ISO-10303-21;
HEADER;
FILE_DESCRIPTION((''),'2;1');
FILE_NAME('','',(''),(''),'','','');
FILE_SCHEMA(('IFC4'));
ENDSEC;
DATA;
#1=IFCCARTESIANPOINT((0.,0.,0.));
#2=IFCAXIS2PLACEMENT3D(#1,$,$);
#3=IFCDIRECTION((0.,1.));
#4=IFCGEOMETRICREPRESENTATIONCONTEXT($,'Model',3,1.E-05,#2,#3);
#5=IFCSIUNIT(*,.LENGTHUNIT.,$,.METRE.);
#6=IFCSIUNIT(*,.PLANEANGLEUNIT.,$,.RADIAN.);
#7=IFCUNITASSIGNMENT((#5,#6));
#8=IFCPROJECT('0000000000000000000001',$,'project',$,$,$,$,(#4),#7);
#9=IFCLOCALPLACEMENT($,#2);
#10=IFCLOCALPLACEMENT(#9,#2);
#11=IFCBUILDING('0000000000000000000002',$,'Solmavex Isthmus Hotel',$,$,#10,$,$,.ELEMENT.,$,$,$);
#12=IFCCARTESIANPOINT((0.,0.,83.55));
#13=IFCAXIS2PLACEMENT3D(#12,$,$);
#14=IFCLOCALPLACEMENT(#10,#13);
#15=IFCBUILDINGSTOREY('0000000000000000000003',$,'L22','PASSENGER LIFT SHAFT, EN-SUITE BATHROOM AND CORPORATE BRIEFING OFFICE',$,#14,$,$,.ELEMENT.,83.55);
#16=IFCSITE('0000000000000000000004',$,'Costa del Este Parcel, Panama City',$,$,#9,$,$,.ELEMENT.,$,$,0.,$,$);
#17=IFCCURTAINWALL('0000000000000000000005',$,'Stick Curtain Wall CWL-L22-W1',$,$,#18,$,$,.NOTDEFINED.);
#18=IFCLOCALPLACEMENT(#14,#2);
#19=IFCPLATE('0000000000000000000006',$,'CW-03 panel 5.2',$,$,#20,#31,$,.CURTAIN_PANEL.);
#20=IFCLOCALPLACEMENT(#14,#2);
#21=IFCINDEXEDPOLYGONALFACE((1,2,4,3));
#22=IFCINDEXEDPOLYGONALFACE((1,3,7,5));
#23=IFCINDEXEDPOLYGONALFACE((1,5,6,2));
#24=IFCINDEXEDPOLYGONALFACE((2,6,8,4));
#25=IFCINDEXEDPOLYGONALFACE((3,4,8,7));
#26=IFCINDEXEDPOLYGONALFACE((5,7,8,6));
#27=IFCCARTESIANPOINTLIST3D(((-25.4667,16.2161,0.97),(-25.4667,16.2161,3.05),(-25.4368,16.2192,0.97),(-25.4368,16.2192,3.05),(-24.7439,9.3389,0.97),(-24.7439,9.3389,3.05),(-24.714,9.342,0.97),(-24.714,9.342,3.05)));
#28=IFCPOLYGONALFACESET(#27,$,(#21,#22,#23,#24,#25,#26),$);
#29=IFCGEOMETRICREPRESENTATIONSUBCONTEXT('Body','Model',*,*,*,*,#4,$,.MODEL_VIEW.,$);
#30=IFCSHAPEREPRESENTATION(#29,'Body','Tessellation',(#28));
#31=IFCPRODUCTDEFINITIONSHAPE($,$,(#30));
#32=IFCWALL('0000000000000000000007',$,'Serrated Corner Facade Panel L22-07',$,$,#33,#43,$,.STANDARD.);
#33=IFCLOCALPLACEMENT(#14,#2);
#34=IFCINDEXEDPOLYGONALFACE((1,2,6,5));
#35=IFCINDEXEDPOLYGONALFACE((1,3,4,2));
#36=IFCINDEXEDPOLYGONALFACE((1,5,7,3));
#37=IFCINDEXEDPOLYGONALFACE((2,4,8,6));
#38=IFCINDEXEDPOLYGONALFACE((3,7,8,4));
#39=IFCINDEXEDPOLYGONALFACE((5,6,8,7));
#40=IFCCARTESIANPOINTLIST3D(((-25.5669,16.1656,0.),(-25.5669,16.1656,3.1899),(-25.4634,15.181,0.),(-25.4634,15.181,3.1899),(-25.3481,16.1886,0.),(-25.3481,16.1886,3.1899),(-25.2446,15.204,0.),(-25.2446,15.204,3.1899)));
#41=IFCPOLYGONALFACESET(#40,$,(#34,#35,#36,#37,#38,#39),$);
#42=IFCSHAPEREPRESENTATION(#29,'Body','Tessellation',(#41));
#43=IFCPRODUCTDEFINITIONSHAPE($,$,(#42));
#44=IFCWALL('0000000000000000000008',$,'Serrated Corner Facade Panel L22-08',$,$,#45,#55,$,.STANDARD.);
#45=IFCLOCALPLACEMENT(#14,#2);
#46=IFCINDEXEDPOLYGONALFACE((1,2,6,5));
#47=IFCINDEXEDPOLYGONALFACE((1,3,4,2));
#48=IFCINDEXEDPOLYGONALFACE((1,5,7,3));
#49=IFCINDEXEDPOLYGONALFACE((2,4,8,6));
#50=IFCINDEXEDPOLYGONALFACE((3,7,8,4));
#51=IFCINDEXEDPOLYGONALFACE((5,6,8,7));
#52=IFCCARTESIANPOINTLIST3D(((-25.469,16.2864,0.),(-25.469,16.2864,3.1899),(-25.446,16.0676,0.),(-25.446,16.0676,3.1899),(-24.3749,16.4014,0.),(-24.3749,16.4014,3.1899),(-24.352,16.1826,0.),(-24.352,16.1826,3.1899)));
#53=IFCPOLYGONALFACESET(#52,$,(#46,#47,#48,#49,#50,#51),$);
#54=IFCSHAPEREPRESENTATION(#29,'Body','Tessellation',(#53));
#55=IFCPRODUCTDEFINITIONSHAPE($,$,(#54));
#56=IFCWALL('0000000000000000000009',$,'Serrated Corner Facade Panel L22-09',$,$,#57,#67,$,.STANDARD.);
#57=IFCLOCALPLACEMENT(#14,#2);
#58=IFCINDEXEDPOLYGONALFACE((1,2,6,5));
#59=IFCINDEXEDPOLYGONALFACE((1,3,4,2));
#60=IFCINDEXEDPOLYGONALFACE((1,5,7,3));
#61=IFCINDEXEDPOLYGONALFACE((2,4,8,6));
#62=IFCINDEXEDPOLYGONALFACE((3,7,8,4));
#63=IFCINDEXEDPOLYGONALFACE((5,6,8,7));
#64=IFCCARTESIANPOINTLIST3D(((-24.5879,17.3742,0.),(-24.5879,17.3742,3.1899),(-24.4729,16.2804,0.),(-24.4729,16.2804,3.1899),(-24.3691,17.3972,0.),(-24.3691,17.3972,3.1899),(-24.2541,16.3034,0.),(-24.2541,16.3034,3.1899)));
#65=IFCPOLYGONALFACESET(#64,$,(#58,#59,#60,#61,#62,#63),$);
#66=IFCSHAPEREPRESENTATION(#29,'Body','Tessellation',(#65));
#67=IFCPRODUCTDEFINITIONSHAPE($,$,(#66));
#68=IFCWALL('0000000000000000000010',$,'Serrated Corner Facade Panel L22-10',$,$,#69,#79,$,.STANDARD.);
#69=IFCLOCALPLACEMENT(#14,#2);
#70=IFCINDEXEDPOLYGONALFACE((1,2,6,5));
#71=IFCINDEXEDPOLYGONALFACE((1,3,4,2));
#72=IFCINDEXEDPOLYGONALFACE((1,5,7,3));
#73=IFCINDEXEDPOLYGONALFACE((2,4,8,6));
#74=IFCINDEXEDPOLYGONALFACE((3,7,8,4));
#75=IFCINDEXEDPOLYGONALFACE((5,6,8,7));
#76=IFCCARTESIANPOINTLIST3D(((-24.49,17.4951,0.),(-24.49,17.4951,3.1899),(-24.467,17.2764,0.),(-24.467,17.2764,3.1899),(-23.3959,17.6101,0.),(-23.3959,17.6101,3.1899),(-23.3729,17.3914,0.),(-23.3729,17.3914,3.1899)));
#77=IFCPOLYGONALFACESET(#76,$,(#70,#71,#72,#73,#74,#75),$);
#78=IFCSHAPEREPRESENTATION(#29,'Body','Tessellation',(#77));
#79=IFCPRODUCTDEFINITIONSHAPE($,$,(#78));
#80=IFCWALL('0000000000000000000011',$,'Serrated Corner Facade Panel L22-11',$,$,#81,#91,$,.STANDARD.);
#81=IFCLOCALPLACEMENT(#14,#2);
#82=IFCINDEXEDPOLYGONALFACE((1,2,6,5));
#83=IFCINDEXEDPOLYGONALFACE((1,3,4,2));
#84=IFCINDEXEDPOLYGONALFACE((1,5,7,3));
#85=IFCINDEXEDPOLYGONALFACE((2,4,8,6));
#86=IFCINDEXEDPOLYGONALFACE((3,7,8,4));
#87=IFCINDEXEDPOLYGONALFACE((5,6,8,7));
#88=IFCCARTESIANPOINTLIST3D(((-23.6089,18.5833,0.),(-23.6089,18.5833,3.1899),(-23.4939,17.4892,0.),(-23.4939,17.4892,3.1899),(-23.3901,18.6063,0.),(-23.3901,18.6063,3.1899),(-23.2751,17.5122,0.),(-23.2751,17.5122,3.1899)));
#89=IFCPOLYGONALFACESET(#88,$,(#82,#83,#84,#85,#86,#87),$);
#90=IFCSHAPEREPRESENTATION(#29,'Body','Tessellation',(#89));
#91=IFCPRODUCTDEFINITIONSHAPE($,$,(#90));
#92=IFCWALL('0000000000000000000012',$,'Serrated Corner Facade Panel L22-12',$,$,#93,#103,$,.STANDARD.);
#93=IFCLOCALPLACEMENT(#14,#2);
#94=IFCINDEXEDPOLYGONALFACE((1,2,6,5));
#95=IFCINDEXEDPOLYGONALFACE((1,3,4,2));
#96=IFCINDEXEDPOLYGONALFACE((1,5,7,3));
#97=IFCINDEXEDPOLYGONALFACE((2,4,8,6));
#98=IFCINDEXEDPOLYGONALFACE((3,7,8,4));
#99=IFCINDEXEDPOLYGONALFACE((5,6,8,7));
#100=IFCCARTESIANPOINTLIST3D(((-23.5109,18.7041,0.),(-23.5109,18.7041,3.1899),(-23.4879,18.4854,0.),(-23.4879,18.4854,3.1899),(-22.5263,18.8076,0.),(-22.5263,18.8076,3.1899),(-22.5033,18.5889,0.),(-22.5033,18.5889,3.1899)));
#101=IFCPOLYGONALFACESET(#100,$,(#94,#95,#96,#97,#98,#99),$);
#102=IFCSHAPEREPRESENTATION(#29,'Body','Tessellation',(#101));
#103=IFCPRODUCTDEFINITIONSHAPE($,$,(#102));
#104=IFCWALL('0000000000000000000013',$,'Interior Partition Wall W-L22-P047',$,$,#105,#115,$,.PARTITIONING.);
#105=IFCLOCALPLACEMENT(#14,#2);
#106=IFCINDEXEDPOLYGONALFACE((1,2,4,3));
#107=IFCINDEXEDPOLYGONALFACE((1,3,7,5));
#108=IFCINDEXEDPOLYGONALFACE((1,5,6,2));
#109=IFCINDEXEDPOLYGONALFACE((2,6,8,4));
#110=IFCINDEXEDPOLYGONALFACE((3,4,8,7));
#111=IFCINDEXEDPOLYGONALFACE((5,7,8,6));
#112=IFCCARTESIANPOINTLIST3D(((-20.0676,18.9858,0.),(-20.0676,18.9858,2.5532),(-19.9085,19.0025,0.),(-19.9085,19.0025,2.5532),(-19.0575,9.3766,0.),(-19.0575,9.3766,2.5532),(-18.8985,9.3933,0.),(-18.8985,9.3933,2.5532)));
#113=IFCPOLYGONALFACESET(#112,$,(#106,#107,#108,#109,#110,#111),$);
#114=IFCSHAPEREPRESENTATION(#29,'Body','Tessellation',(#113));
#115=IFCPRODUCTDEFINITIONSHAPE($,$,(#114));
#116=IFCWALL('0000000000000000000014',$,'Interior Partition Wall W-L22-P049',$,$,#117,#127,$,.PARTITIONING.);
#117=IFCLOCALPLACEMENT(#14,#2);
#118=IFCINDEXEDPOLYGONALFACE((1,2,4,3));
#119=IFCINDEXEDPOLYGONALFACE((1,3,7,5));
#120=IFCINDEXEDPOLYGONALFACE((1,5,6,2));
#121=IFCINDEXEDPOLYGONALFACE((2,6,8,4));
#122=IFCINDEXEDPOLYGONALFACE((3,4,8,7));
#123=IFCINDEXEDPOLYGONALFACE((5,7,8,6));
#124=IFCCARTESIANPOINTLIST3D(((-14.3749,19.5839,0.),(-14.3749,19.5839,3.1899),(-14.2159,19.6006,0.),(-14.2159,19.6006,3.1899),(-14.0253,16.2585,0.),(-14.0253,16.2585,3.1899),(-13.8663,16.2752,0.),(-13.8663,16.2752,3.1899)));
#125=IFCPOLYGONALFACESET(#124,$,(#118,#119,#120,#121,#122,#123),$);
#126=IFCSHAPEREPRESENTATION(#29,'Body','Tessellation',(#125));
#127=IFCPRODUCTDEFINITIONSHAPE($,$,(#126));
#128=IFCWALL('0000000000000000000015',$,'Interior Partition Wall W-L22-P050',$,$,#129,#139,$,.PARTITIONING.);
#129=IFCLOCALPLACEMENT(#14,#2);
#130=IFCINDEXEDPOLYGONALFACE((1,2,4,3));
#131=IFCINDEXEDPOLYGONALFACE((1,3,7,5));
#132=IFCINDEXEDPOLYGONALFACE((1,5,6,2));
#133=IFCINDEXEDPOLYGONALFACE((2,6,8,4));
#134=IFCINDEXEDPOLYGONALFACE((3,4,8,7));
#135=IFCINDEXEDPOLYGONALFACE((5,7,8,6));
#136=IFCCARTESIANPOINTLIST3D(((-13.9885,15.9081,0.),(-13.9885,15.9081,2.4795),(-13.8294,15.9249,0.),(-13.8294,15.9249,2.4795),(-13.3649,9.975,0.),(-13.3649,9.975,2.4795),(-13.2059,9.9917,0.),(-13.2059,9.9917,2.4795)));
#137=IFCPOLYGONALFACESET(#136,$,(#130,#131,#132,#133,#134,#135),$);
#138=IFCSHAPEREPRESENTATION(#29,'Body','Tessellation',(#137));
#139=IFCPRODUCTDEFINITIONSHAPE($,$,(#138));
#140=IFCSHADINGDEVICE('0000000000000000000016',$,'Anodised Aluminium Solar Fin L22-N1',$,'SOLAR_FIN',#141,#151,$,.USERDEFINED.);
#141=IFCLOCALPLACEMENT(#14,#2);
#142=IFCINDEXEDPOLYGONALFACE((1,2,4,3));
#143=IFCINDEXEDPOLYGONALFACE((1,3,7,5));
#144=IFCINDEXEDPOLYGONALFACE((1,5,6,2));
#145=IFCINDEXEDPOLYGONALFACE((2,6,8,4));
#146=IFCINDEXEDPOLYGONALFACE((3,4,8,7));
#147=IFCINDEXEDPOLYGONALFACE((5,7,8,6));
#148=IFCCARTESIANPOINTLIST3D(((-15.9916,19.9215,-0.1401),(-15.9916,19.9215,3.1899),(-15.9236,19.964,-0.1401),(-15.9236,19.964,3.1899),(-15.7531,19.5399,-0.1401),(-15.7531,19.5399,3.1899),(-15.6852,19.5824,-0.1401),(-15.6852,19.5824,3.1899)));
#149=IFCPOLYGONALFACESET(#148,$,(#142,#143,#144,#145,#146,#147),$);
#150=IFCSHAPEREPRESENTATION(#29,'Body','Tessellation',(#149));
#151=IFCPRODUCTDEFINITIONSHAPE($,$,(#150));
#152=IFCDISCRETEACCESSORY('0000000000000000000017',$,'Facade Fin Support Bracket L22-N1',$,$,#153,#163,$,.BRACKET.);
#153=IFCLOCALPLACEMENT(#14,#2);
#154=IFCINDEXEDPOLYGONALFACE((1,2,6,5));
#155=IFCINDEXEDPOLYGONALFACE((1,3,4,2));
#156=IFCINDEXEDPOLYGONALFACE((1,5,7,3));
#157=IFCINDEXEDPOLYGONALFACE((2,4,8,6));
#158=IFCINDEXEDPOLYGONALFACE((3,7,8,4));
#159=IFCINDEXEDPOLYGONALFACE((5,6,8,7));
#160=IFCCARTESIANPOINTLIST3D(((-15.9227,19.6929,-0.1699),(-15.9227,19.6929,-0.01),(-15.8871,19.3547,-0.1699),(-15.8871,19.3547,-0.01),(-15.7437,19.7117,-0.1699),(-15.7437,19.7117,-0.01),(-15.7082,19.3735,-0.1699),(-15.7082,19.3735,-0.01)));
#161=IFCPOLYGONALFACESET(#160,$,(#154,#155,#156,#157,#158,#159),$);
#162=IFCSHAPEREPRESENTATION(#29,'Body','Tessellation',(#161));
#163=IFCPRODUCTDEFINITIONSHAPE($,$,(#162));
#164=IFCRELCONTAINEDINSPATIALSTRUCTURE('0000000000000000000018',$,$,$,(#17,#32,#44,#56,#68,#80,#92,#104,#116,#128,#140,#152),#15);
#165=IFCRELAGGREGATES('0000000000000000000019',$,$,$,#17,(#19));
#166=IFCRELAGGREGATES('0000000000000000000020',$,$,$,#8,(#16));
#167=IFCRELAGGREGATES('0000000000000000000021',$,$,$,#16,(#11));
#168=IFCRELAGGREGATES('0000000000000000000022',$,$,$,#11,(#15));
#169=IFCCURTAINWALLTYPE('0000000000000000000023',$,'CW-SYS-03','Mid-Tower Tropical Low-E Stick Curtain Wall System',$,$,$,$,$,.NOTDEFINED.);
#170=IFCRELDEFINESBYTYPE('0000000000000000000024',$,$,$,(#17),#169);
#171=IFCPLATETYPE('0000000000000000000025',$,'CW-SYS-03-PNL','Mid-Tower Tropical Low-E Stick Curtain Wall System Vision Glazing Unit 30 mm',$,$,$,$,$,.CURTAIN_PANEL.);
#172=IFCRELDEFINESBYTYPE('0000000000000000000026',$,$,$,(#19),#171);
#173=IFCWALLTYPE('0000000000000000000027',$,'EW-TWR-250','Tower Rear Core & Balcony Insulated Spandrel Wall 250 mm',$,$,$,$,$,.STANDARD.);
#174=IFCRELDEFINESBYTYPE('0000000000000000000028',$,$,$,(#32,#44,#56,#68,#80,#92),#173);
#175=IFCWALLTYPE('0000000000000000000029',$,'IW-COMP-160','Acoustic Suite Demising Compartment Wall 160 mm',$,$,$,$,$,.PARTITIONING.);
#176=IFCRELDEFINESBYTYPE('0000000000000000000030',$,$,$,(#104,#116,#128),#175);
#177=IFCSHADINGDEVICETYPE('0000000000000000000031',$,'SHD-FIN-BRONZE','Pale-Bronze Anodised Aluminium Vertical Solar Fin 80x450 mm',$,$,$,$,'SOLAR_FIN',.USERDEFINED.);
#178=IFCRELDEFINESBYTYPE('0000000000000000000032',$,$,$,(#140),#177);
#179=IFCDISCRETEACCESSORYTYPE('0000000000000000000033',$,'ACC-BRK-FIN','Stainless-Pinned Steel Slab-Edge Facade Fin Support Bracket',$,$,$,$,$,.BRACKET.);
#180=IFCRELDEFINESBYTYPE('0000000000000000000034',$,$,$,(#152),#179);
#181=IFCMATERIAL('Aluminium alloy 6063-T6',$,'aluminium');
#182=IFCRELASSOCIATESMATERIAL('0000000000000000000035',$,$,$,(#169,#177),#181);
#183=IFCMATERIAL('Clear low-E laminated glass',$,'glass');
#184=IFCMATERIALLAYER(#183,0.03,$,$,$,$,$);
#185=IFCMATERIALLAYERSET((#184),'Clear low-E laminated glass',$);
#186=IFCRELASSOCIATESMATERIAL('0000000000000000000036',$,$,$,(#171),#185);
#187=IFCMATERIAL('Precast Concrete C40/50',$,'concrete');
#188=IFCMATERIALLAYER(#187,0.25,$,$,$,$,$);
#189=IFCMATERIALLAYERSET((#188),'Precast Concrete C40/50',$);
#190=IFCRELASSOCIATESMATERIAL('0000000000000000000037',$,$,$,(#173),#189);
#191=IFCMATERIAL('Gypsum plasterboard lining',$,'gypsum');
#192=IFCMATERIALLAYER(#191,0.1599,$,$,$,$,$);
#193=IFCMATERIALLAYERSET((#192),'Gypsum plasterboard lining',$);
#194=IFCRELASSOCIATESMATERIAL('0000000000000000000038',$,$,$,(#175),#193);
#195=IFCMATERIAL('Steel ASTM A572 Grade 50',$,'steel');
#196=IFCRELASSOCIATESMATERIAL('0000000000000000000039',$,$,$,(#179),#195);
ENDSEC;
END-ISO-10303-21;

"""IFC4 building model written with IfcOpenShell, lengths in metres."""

from ifc_helpers import new_model, si_unit, direction, frame, frame_2d, origin, origin_2d, place, context, subcontext, project, spatial, rectangle, extrude, material, layer, layer_set, type_object, element, aggregate, save


model = new_model("IFC4")

# Units and contexts
model_context = context("Model", 3, precision=1e-05, world=origin(), true_north=direction((0.0, 1.0)))
body_context = subcontext(model_context, "Body", "Model", "MODEL_VIEW")
ifc_project = project(units=[si_unit("LENGTHUNIT", "METRE"), si_unit("PLANEANGLEUNIT", "RADIAN")], contexts=[model_context])

# Site, building, storey
site_placement = place(None, origin())
site = spatial("IfcSite", under=ifc_project, at=site_placement, Name="Costa del Este Parcel, Panama City", CompositionType="ELEMENT", RefElevation=0.0)
building_placement = place(site_placement, origin())
building = spatial("IfcBuilding", under=site, at=building_placement, Name="Solmavex Isthmus Hotel", CompositionType="ELEMENT")
storey_placement = place(building_placement, frame((0.0, 0.0, 83.55)))
storey = spatial("IfcBuildingStorey", under=building, at=storey_placement, Name="L22", Description="PASSENGER LIFT SHAFT, EN-SUITE BATHROOM AND CORPORATE BRIEFING OFFICE", CompositionType="ELEMENT", Elevation=83.55)

# Shared definitions
ifc_material_1 = material(Name="Aluminium alloy 6063-T6", Category="aluminium")
curtain_wall_type = type_object("IfcCurtainWallType", Name="CW-SYS-03", Description="Mid-Tower Tropical Low-E Stick Curtain Wall System", PredefinedType="NOTDEFINED", material=ifc_material_1)

# Curtain wall
curtain_wall_1_placement = place(storey_placement, origin())
curtain_wall_1 = element("IfcCurtainWall", 1, at=curtain_wall_1_placement, inside=storey, type_object=curtain_wall_type, Name="Stick Curtain Wall CWL-L22-W1", PredefinedType="NOTDEFINED")

# Plate
ifc_material_2 = material(Name="Clear low-E laminated glass", Category="glass")
ifc_layer_1 = layer(ifc_material_2, 0.03)
ifc_layer_set_1 = layer_set([ifc_layer_1], Name="Clear low-E laminated glass")
plate_type = type_object("IfcPlateType", Name="CW-SYS-03-PNL", Description="Mid-Tower Tropical Low-E Stick Curtain Wall System Vision Glazing Unit 30 mm", PredefinedType="CURTAIN_PANEL", material=ifc_layer_set_1)
plate_1_placement = place(storey_placement, frame((-25.0903, 12.7791, 0.97), z_axis=(0.0, 0.0, 1.0), x_axis=(-0.104528, 0.994522, 0.0)))
plate_1 = element("IfcPlate", 2, at=plate_1_placement, type_object=plate_type, Name="CW-03 panel 5.2", PredefinedType="CURTAIN_PANEL", context=body_context, shape_type="SweptSolid", body=[
    extrude(rectangle(XDim=6.915, YDim=0.03, at=origin_2d()), origin(), (0.0, 0.0, 1.0), 2.0801),
])
aggregate(curtain_wall_1, [plate_1])

# Walls
ifc_material_3 = material(Name="Precast Concrete C40/50", Category="concrete")
ifc_layer_2 = layer(ifc_material_3, 0.25)
ifc_layer_set_2 = layer_set([ifc_layer_2], Name="Precast Concrete C40/50")
wall_type_1 = type_object("IfcWallType", Name="EW-TWR-250", Description="Tower Rear Core & Balcony Insulated Spandrel Wall 250 mm", PredefinedType="STANDARD", material=ifc_layer_set_2)
wall_1_placement = place(storey_placement, frame((-25.354, 15.1924, 0.0), z_axis=(0.0, 0.0, 1.0), x_axis=(-0.104556, 0.994519, 0.0)))
element("IfcWall", 3, at=wall_1_placement, inside=storey, type_object=wall_type_1, Name="Serrated Corner Facade Panel L22-07", PredefinedType="STANDARD", context=body_context, shape_type="SweptSolid", body=[
    extrude(rectangle(XDim=0.99, YDim=0.22, at=frame_2d((0.4951, 0.0))), origin(), (0.0, 0.0, 1.0), 3.1899),
])
wall_2_placement = place(storey_placement, frame((-25.4575, 16.177, 0.0), z_axis=(0.0, 0.0, 1.0), x_axis=(0.994521, 0.104535, 0.0)))
element("IfcWall", 4, at=wall_2_placement, inside=storey, type_object=wall_type_1, Name="Serrated Corner Facade Panel L22-08", PredefinedType="STANDARD", context=body_context, shape_type="SweptSolid", body=[
    extrude(rectangle(XDim=1.1001, YDim=0.22, at=frame_2d((0.55, 0.0))), origin(), (0.0, 0.0, 1.0), 3.1899),
])
wall_3_placement = place(storey_placement, frame((-24.3635, 16.292, 0.0), z_axis=(0.0, 0.0, 1.0), x_axis=(-0.104558, 0.994519, 0.0)))
element("IfcWall", 5, at=wall_3_placement, inside=storey, type_object=wall_type_1, Name="Serrated Corner Facade Panel L22-09", PredefinedType="STANDARD", context=body_context, shape_type="SweptSolid", body=[
    extrude(rectangle(XDim=1.0999, YDim=0.22, at=frame_2d((0.5498, 0.0))), origin(), (0.0, 0.0, 1.0), 3.1899),
])
for number, where, z_axis, x_axis, name in (
    (6, (-24.4785, 17.3857, 0.0), (0.0, 0.0, 1.0), (0.994521, 0.104535, 0.0), "Serrated Corner Facade Panel L22-10"),
    (7, (-23.3845, 17.5007, 0.0), (0.0, 0.0, 1.0), (-0.104535, 0.994521, 0.0), "Serrated Corner Facade Panel L22-11"),
):
    element("IfcWall", number, at=place(storey_placement, frame(where, z_axis=z_axis, x_axis=x_axis)), inside=storey, type_object=wall_type_1, Name=name, PredefinedType="STANDARD", context=body_context, shape_type="SweptSolid", body=[
        extrude(rectangle(XDim=1.1001, YDim=0.22, at=frame_2d((0.55, 0.0))), origin(), (0.0, 0.0, 1.0), 3.1899),
    ])
wall_4_placement = place(storey_placement, frame((-23.4995, 18.5947, 0.0), z_axis=(0.0, 0.0, 1.0), x_axis=(0.994519, 0.104556, 0.0)))
element("IfcWall", 8, at=wall_4_placement, inside=storey, type_object=wall_type_1, Name="Serrated Corner Facade Panel L22-12", PredefinedType="STANDARD", context=body_context, shape_type="SweptSolid", body=[
    extrude(rectangle(XDim=0.99, YDim=0.22, at=frame_2d((0.4951, 0.0))), origin(), (0.0, 0.0, 1.0), 3.1899),
])
ifc_material_4 = material(Name="Gypsum plasterboard lining", Category="gypsum")
ifc_layer_3 = layer(ifc_material_4, 0.1599)
ifc_layer_set_3 = layer_set([ifc_layer_3], Name="Gypsum plasterboard lining")
wall_type_2 = type_object("IfcWallType", Name="IW-COMP-160", Description="Acoustic Suite Demising Compartment Wall 160 mm", PredefinedType="PARTITIONING", material=ifc_layer_set_3)
wall_5_placement = place(storey_placement, frame((-19.988, 18.9941, 0.0), z_axis=(0.0, 0.0, 1.0), x_axis=(0.104534, -0.994521, 0.0)))
element("IfcWall", 9, at=wall_5_placement, inside=storey, type_object=wall_type_2, Name="Interior Partition Wall W-L22-P047", PredefinedType="PARTITIONING", context=body_context, shape_type="SweptSolid", body=[
    extrude(rectangle(XDim=9.6621, YDim=0.1599, at=frame_2d((4.8311, 0.0))), origin(), (0.0, 0.0, 1.0), 2.5532),
])
wall_6_placement = place(storey_placement, frame((-14.2954, 19.5923, 0.0), z_axis=(0.0, 0.0, 1.0), x_axis=(0.104556, -0.994519, 0.0)))
element("IfcWall", 10, at=wall_6_placement, inside=storey, type_object=wall_type_2, Name="Interior Partition Wall W-L22-P049", PredefinedType="PARTITIONING", context=body_context, shape_type="SweptSolid", body=[
    extrude(rectangle(XDim=3.3438, YDim=0.1599, at=frame_2d((1.6719, 0.0))), origin(), (0.0, 0.0, 1.0), 3.1899),
])
wall_7_placement = place(storey_placement, frame((-13.9089, 15.9165, 0.0), z_axis=(0.0, 0.0, 1.0), x_axis=(0.104519, -0.994523, 0.0)))
element("IfcWall", 11, at=wall_7_placement, inside=storey, type_object=wall_type_2, Name="Interior Partition Wall W-L22-P050", PredefinedType="PARTITIONING", context=body_context, shape_type="SweptSolid", body=[
    extrude(rectangle(XDim=5.9658, YDim=0.1599, at=frame_2d((2.9829, 0.0))), origin(), (0.0, 0.0, 1.0), 2.4795),
])

# Shading device
shading_device_type = type_object("IfcShadingDeviceType", Name="SHD-FIN-BRONZE", Description="Pale-Bronze Anodised Aluminium Vertical Solar Fin 80x450 mm", ElementType="SOLAR_FIN", PredefinedType="USERDEFINED", material=ifc_material_1)
shading_device_placement = place(storey_placement, frame((-15.8384, 19.752, -0.1401), z_axis=(0.0, 0.0, 1.0), x_axis=(-0.529919, 0.848048, 0.0)))
element("IfcShadingDevice", 12, at=shading_device_placement, inside=storey, type_object=shading_device_type, Name="Anodised Aluminium Solar Fin L22-N1", ObjectType="SOLAR_FIN", PredefinedType="USERDEFINED", context=body_context, shape_type="SweptSolid", body=[
    extrude(rectangle(XDim=0.45, YDim=0.0801, at=origin_2d()), origin(), (0.0, 0.0, 1.0), 3.3301),
])

# Discrete accessory
ifc_material_5 = material(Name="Steel ASTM A572 Grade 50", Category="steel")
discrete_accessory_type = type_object("IfcDiscreteAccessoryType", Name="ACC-BRK-FIN", Description="Stainless-Pinned Steel Slab-Edge Facade Fin Support Bracket", PredefinedType="BRACKET", material=ifc_material_5)
discrete_accessory_placement = place(storey_placement, frame((-15.8154, 19.5332, -0.1699), z_axis=(0.0, 0.0, 1.0), x_axis=(-0.104528, 0.994522, 0.0)))
element("IfcDiscreteAccessory", 13, at=discrete_accessory_placement, inside=storey, type_object=discrete_accessory_type, Name="Facade Fin Support Bracket L22-N1", PredefinedType="BRACKET", context=body_context, shape_type="SweptSolid", body=[
    extrude(rectangle(XDim=0.3401, YDim=0.1799, at=origin_2d()), origin(), (0.0, 0.0, 1.0), 0.1599),
])

save(model, "model.ifc")
